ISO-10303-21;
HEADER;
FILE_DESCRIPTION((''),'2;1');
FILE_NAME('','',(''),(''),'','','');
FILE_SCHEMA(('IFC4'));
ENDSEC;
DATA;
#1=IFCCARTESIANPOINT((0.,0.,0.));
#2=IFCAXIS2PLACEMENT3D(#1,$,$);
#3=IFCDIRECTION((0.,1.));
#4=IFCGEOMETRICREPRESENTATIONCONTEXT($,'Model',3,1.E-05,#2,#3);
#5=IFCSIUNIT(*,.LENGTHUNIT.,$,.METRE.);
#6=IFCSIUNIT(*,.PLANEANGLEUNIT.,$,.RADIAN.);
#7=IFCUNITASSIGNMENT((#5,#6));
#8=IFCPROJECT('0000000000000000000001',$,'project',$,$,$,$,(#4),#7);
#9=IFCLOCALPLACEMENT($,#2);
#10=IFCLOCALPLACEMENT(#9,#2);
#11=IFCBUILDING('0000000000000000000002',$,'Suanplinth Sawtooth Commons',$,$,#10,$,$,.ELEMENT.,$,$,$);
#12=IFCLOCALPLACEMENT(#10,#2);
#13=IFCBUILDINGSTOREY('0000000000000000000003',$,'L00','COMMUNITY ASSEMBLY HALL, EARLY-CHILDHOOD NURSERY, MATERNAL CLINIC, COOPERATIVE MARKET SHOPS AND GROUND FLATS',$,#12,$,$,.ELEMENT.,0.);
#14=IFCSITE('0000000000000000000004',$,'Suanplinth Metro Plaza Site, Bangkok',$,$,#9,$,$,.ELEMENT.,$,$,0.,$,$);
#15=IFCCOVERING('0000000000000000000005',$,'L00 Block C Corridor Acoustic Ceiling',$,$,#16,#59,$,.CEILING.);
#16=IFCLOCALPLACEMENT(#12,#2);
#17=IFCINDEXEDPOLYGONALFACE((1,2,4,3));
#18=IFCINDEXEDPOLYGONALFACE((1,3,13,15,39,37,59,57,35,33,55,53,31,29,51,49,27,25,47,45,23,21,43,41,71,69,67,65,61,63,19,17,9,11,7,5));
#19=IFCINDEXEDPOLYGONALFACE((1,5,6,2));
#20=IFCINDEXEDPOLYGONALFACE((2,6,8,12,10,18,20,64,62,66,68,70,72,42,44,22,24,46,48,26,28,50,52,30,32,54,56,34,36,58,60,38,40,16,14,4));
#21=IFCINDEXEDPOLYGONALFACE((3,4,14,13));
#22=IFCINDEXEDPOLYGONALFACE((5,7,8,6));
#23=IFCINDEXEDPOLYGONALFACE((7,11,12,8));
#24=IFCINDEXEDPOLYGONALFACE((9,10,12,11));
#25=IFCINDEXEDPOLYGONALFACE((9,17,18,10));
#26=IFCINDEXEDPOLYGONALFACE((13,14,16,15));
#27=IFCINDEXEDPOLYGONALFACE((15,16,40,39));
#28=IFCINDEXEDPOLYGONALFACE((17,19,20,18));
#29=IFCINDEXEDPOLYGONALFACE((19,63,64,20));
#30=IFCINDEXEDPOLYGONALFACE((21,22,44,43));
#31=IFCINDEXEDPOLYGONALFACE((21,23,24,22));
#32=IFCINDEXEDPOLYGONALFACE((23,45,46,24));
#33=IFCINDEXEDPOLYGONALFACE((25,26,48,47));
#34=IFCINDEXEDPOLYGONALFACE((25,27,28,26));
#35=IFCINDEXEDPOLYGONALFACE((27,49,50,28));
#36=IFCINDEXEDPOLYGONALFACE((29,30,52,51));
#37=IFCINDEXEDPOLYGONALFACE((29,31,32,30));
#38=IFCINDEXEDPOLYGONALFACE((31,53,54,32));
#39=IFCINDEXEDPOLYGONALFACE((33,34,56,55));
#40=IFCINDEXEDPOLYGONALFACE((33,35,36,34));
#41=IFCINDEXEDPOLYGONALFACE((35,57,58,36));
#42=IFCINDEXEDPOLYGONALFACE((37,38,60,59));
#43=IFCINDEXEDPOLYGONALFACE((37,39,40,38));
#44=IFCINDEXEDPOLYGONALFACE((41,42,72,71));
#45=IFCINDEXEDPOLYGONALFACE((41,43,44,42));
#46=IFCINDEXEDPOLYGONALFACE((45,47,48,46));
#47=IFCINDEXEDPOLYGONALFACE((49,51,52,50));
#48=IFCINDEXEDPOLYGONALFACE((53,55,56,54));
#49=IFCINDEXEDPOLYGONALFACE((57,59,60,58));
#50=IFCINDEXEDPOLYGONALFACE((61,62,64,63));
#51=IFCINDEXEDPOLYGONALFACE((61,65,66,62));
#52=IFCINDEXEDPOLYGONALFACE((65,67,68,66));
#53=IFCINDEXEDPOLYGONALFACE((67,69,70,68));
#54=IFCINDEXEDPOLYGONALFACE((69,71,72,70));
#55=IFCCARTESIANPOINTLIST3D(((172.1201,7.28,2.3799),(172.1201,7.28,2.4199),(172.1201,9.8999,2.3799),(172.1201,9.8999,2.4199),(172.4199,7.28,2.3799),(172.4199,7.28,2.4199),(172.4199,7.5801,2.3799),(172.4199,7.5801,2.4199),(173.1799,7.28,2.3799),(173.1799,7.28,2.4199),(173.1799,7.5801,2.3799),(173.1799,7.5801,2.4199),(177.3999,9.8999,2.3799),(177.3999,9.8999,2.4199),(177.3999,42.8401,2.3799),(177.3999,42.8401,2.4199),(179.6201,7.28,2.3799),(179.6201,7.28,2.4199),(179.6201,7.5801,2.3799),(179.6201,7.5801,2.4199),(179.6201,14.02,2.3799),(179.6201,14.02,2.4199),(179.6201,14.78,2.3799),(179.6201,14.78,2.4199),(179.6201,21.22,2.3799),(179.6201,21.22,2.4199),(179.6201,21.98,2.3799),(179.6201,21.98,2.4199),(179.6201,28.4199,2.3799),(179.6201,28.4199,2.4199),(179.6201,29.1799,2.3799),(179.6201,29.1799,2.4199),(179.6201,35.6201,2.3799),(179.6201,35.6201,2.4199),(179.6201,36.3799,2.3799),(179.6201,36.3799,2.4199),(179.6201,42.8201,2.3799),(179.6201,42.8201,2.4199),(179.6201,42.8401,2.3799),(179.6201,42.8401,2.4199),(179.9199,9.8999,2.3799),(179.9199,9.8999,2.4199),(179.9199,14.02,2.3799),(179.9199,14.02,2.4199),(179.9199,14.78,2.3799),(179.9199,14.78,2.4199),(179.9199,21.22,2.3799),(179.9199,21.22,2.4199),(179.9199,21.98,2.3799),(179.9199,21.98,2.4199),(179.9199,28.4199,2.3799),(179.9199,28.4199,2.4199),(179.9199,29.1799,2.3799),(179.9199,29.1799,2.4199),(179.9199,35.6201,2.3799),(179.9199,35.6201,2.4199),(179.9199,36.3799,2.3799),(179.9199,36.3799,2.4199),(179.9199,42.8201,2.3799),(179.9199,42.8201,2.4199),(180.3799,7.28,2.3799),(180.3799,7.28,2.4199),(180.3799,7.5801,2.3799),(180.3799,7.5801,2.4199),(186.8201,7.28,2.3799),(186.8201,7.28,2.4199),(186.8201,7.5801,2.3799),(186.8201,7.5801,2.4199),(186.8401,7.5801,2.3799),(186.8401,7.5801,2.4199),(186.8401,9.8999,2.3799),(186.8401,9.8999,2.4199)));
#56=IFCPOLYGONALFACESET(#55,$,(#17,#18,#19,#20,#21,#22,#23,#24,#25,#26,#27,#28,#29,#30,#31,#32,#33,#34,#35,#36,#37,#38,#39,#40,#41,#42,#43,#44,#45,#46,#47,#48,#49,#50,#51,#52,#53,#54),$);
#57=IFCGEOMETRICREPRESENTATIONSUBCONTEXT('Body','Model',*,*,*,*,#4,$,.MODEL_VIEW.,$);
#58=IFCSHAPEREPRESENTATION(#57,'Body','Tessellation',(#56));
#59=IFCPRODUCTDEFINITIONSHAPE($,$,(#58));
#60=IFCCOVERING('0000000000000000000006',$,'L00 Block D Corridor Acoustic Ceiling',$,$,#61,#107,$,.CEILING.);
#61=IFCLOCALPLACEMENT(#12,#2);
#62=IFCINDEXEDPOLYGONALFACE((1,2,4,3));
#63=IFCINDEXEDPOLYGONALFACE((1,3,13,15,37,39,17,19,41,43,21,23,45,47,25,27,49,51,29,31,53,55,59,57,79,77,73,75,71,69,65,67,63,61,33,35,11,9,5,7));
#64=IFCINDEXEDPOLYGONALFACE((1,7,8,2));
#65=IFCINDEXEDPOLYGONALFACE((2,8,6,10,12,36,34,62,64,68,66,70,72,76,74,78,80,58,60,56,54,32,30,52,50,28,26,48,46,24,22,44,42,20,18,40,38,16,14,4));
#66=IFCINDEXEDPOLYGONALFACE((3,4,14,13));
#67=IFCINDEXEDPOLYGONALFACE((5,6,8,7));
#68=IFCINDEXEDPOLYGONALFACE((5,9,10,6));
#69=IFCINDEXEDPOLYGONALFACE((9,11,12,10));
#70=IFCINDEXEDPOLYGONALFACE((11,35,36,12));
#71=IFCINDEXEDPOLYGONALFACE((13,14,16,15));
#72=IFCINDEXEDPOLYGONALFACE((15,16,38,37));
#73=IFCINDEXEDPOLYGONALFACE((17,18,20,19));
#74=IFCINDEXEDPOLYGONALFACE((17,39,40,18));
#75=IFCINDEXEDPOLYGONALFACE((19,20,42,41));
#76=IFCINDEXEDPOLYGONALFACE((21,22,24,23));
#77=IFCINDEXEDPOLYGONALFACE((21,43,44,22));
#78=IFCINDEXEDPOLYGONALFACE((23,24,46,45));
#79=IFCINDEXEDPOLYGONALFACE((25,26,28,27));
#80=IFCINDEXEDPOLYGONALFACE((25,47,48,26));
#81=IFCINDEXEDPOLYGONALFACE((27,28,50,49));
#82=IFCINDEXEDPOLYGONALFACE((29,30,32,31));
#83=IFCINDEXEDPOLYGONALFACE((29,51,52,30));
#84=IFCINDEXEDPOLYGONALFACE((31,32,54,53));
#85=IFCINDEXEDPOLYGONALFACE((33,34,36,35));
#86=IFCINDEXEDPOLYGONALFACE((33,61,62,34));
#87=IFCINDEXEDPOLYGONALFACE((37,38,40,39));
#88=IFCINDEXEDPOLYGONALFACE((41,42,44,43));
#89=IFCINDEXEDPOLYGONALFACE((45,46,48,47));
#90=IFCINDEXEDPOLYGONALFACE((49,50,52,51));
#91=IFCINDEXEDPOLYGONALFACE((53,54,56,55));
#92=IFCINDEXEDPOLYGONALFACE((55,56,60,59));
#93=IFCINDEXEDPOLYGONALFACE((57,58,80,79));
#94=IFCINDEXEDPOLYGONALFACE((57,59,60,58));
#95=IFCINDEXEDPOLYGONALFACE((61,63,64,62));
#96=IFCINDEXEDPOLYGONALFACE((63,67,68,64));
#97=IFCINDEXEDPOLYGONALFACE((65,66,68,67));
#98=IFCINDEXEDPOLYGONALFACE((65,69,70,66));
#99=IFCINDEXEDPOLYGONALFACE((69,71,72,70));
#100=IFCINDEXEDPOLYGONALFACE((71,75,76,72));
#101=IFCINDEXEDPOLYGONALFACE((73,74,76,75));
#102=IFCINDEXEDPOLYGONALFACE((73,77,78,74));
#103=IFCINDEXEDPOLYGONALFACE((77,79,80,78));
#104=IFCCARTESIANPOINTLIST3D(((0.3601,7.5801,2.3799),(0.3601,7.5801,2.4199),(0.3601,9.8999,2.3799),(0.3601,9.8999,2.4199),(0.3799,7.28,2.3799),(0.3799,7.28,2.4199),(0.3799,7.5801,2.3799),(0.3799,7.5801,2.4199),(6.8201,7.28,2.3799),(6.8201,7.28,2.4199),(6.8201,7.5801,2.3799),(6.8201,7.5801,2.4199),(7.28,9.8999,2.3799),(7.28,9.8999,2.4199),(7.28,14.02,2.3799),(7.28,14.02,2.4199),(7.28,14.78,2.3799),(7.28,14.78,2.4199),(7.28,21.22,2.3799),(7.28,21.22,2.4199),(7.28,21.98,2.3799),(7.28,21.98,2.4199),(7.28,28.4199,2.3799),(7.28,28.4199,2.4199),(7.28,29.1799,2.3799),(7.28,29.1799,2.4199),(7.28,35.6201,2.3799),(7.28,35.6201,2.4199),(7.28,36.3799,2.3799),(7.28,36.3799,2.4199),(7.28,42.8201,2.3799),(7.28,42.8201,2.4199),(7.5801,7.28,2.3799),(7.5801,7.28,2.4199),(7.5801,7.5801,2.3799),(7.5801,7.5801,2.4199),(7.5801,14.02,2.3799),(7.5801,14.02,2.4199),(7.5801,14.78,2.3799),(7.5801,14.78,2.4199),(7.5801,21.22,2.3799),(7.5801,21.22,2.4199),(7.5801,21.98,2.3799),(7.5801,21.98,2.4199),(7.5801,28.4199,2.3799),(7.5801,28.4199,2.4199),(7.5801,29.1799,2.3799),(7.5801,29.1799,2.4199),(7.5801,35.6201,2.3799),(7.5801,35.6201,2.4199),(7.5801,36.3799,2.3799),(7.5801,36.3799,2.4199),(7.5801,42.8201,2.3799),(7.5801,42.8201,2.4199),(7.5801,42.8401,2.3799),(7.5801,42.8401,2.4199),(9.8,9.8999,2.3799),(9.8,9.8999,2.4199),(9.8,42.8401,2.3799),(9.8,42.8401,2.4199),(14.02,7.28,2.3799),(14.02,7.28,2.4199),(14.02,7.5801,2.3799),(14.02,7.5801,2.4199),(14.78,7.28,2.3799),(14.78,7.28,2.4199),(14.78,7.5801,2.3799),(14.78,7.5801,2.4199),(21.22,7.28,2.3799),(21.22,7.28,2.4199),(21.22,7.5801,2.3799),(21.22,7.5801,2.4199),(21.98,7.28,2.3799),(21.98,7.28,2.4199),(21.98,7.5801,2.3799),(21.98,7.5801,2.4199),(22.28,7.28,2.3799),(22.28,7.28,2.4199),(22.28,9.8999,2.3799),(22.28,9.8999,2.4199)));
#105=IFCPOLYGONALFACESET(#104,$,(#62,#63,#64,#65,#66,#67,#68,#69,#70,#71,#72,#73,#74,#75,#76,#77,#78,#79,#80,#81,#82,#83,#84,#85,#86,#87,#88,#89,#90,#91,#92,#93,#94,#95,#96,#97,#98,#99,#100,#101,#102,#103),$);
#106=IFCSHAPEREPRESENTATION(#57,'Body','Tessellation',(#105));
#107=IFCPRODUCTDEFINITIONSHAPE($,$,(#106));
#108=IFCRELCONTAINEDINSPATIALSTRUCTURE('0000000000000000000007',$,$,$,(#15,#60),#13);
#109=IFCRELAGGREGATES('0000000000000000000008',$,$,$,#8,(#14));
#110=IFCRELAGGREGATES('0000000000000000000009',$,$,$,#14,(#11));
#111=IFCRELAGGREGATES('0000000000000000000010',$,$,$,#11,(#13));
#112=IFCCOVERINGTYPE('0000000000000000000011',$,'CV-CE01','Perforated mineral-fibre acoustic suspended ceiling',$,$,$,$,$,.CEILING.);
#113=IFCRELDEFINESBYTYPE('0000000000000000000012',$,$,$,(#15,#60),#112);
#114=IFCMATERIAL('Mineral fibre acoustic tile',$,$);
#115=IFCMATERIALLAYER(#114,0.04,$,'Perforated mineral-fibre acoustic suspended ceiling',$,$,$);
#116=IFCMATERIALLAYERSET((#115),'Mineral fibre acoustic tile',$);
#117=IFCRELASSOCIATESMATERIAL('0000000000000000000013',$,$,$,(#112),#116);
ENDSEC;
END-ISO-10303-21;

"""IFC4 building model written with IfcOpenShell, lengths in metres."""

from ifc_helpers import new_model, si_unit, direction, frame, origin, place, context, subcontext, project, spatial, polyline, outline, extrude, material, layer, layer_set, type_object, element, save


model = new_model("IFC4")

# Units and contexts
model_context = context("Model", 3, precision=1e-05, world=origin(), true_north=direction((0.0, 1.0)))
body_context = subcontext(model_context, "Body", "Model", "MODEL_VIEW")
ifc_project = project(units=[si_unit("LENGTHUNIT", "METRE"), si_unit("PLANEANGLEUNIT", "RADIAN")], contexts=[model_context])

# Site, building, storey
site_placement = place(None, origin())
site = spatial("IfcSite", under=ifc_project, at=site_placement, Name="Suanplinth Metro Plaza Site, Bangkok", CompositionType="ELEMENT", RefElevation=0.0)
building_placement = place(site_placement, origin())
building = spatial("IfcBuilding", under=site, at=building_placement, Name="Suanplinth Sawtooth Commons", CompositionType="ELEMENT")
storey_placement = place(building_placement, origin())
storey = spatial("IfcBuildingStorey", under=building, at=storey_placement, Name="L00", Description="COMMUNITY ASSEMBLY HALL, EARLY-CHILDHOOD NURSERY, MATERNAL CLINIC, COOPERATIVE MARKET SHOPS AND GROUND FLATS", CompositionType="ELEMENT", Elevation=0.0)

# Coverings
ifc_material_1 = material(Name="Mineral fibre acoustic tile")
ifc_layer_1 = layer(ifc_material_1, 0.04, Name="Perforated mineral-fibre acoustic suspended ceiling")
ifc_layer_set_1 = layer_set([ifc_layer_1], Name="Mineral fibre acoustic tile")
covering_type = type_object("IfcCoveringType", Name="CV-CE01", Description="Perforated mineral-fibre acoustic suspended ceiling", PredefinedType="CEILING", material=ifc_layer_set_1)
covering_1_placement = place(storey_placement, frame((0.0, 0.0, 2.3799)))
element("IfcCovering", 1, at=covering_1_placement, inside=storey, type_object=covering_type, Name="L00 Block C Corridor Acoustic Ceiling", PredefinedType="CEILING", context=body_context, shape_type="SweptSolid", body=[
    extrude(outline(polyline([(172.1201, 9.8999), (177.3999, 9.8999), (177.3999, 42.8401), (179.6201, 42.8401), (179.6201, 42.8201), (179.9199, 42.8201), (179.9199, 36.3799), (179.6201, 36.3799), (179.6201, 35.6201), (179.9199, 35.6201), (179.9199, 29.1799), (179.6201, 29.1799), (179.6201, 28.4199), (179.9199, 28.4199), (179.9199, 21.98), (179.6201, 21.98), (179.6201, 21.22), (179.9199, 21.22), (179.9199, 14.78), (179.6201, 14.78), (179.6201, 14.02), (179.9199, 14.02), (179.9199, 9.8999), (186.8401, 9.8999), (186.8401, 7.5801), (186.8201, 7.5801), (186.8201, 7.28), (180.3799, 7.28), (180.3799, 7.5801), (179.6201, 7.5801), (179.6201, 7.28), (173.1799, 7.28), (173.1799, 7.5801), (172.4199, 7.5801), (172.4199, 7.28), (172.1201, 7.28), (172.1201, 9.8999)])), origin(), (0.0, 0.0, 1.0), 0.04),
])
covering_2_placement = place(storey_placement, frame((0.0, 0.0, 2.3799)))
element("IfcCovering", 2, at=covering_2_placement, inside=storey, type_object=covering_type, Name="L00 Block D Corridor Acoustic Ceiling", PredefinedType="CEILING", context=body_context, shape_type="SweptSolid", body=[
    extrude(outline(polyline([(0.3601, 9.8999), (7.28, 9.8999), (7.28, 14.02), (7.5801, 14.02), (7.5801, 14.78), (7.28, 14.78), (7.28, 21.22), (7.5801, 21.22), (7.5801, 21.98), (7.28, 21.98), (7.28, 28.4199), (7.5801, 28.4199), (7.5801, 29.1799), (7.28, 29.1799), (7.28, 35.6201), (7.5801, 35.6201), (7.5801, 36.3799), (7.28, 36.3799), (7.28, 42.8201), (7.5801, 42.8201), (7.5801, 42.8401), (9.8, 42.8401), (9.8, 9.8999), (22.28, 9.8999), (22.28, 7.28), (21.98, 7.28), (21.98, 7.5801), (21.22, 7.5801), (21.22, 7.28), (14.78, 7.28), (14.78, 7.5801), (14.02, 7.5801), (14.02, 7.28), (7.5801, 7.28), (7.5801, 7.5801), (6.8201, 7.5801), (6.8201, 7.28), (0.3799, 7.28), (0.3799, 7.5801), (0.3601, 7.5801), (0.3601, 9.8999)])), origin(), (0.0, 0.0, 1.0), 0.04),
])

save(model, "model.ifc")
